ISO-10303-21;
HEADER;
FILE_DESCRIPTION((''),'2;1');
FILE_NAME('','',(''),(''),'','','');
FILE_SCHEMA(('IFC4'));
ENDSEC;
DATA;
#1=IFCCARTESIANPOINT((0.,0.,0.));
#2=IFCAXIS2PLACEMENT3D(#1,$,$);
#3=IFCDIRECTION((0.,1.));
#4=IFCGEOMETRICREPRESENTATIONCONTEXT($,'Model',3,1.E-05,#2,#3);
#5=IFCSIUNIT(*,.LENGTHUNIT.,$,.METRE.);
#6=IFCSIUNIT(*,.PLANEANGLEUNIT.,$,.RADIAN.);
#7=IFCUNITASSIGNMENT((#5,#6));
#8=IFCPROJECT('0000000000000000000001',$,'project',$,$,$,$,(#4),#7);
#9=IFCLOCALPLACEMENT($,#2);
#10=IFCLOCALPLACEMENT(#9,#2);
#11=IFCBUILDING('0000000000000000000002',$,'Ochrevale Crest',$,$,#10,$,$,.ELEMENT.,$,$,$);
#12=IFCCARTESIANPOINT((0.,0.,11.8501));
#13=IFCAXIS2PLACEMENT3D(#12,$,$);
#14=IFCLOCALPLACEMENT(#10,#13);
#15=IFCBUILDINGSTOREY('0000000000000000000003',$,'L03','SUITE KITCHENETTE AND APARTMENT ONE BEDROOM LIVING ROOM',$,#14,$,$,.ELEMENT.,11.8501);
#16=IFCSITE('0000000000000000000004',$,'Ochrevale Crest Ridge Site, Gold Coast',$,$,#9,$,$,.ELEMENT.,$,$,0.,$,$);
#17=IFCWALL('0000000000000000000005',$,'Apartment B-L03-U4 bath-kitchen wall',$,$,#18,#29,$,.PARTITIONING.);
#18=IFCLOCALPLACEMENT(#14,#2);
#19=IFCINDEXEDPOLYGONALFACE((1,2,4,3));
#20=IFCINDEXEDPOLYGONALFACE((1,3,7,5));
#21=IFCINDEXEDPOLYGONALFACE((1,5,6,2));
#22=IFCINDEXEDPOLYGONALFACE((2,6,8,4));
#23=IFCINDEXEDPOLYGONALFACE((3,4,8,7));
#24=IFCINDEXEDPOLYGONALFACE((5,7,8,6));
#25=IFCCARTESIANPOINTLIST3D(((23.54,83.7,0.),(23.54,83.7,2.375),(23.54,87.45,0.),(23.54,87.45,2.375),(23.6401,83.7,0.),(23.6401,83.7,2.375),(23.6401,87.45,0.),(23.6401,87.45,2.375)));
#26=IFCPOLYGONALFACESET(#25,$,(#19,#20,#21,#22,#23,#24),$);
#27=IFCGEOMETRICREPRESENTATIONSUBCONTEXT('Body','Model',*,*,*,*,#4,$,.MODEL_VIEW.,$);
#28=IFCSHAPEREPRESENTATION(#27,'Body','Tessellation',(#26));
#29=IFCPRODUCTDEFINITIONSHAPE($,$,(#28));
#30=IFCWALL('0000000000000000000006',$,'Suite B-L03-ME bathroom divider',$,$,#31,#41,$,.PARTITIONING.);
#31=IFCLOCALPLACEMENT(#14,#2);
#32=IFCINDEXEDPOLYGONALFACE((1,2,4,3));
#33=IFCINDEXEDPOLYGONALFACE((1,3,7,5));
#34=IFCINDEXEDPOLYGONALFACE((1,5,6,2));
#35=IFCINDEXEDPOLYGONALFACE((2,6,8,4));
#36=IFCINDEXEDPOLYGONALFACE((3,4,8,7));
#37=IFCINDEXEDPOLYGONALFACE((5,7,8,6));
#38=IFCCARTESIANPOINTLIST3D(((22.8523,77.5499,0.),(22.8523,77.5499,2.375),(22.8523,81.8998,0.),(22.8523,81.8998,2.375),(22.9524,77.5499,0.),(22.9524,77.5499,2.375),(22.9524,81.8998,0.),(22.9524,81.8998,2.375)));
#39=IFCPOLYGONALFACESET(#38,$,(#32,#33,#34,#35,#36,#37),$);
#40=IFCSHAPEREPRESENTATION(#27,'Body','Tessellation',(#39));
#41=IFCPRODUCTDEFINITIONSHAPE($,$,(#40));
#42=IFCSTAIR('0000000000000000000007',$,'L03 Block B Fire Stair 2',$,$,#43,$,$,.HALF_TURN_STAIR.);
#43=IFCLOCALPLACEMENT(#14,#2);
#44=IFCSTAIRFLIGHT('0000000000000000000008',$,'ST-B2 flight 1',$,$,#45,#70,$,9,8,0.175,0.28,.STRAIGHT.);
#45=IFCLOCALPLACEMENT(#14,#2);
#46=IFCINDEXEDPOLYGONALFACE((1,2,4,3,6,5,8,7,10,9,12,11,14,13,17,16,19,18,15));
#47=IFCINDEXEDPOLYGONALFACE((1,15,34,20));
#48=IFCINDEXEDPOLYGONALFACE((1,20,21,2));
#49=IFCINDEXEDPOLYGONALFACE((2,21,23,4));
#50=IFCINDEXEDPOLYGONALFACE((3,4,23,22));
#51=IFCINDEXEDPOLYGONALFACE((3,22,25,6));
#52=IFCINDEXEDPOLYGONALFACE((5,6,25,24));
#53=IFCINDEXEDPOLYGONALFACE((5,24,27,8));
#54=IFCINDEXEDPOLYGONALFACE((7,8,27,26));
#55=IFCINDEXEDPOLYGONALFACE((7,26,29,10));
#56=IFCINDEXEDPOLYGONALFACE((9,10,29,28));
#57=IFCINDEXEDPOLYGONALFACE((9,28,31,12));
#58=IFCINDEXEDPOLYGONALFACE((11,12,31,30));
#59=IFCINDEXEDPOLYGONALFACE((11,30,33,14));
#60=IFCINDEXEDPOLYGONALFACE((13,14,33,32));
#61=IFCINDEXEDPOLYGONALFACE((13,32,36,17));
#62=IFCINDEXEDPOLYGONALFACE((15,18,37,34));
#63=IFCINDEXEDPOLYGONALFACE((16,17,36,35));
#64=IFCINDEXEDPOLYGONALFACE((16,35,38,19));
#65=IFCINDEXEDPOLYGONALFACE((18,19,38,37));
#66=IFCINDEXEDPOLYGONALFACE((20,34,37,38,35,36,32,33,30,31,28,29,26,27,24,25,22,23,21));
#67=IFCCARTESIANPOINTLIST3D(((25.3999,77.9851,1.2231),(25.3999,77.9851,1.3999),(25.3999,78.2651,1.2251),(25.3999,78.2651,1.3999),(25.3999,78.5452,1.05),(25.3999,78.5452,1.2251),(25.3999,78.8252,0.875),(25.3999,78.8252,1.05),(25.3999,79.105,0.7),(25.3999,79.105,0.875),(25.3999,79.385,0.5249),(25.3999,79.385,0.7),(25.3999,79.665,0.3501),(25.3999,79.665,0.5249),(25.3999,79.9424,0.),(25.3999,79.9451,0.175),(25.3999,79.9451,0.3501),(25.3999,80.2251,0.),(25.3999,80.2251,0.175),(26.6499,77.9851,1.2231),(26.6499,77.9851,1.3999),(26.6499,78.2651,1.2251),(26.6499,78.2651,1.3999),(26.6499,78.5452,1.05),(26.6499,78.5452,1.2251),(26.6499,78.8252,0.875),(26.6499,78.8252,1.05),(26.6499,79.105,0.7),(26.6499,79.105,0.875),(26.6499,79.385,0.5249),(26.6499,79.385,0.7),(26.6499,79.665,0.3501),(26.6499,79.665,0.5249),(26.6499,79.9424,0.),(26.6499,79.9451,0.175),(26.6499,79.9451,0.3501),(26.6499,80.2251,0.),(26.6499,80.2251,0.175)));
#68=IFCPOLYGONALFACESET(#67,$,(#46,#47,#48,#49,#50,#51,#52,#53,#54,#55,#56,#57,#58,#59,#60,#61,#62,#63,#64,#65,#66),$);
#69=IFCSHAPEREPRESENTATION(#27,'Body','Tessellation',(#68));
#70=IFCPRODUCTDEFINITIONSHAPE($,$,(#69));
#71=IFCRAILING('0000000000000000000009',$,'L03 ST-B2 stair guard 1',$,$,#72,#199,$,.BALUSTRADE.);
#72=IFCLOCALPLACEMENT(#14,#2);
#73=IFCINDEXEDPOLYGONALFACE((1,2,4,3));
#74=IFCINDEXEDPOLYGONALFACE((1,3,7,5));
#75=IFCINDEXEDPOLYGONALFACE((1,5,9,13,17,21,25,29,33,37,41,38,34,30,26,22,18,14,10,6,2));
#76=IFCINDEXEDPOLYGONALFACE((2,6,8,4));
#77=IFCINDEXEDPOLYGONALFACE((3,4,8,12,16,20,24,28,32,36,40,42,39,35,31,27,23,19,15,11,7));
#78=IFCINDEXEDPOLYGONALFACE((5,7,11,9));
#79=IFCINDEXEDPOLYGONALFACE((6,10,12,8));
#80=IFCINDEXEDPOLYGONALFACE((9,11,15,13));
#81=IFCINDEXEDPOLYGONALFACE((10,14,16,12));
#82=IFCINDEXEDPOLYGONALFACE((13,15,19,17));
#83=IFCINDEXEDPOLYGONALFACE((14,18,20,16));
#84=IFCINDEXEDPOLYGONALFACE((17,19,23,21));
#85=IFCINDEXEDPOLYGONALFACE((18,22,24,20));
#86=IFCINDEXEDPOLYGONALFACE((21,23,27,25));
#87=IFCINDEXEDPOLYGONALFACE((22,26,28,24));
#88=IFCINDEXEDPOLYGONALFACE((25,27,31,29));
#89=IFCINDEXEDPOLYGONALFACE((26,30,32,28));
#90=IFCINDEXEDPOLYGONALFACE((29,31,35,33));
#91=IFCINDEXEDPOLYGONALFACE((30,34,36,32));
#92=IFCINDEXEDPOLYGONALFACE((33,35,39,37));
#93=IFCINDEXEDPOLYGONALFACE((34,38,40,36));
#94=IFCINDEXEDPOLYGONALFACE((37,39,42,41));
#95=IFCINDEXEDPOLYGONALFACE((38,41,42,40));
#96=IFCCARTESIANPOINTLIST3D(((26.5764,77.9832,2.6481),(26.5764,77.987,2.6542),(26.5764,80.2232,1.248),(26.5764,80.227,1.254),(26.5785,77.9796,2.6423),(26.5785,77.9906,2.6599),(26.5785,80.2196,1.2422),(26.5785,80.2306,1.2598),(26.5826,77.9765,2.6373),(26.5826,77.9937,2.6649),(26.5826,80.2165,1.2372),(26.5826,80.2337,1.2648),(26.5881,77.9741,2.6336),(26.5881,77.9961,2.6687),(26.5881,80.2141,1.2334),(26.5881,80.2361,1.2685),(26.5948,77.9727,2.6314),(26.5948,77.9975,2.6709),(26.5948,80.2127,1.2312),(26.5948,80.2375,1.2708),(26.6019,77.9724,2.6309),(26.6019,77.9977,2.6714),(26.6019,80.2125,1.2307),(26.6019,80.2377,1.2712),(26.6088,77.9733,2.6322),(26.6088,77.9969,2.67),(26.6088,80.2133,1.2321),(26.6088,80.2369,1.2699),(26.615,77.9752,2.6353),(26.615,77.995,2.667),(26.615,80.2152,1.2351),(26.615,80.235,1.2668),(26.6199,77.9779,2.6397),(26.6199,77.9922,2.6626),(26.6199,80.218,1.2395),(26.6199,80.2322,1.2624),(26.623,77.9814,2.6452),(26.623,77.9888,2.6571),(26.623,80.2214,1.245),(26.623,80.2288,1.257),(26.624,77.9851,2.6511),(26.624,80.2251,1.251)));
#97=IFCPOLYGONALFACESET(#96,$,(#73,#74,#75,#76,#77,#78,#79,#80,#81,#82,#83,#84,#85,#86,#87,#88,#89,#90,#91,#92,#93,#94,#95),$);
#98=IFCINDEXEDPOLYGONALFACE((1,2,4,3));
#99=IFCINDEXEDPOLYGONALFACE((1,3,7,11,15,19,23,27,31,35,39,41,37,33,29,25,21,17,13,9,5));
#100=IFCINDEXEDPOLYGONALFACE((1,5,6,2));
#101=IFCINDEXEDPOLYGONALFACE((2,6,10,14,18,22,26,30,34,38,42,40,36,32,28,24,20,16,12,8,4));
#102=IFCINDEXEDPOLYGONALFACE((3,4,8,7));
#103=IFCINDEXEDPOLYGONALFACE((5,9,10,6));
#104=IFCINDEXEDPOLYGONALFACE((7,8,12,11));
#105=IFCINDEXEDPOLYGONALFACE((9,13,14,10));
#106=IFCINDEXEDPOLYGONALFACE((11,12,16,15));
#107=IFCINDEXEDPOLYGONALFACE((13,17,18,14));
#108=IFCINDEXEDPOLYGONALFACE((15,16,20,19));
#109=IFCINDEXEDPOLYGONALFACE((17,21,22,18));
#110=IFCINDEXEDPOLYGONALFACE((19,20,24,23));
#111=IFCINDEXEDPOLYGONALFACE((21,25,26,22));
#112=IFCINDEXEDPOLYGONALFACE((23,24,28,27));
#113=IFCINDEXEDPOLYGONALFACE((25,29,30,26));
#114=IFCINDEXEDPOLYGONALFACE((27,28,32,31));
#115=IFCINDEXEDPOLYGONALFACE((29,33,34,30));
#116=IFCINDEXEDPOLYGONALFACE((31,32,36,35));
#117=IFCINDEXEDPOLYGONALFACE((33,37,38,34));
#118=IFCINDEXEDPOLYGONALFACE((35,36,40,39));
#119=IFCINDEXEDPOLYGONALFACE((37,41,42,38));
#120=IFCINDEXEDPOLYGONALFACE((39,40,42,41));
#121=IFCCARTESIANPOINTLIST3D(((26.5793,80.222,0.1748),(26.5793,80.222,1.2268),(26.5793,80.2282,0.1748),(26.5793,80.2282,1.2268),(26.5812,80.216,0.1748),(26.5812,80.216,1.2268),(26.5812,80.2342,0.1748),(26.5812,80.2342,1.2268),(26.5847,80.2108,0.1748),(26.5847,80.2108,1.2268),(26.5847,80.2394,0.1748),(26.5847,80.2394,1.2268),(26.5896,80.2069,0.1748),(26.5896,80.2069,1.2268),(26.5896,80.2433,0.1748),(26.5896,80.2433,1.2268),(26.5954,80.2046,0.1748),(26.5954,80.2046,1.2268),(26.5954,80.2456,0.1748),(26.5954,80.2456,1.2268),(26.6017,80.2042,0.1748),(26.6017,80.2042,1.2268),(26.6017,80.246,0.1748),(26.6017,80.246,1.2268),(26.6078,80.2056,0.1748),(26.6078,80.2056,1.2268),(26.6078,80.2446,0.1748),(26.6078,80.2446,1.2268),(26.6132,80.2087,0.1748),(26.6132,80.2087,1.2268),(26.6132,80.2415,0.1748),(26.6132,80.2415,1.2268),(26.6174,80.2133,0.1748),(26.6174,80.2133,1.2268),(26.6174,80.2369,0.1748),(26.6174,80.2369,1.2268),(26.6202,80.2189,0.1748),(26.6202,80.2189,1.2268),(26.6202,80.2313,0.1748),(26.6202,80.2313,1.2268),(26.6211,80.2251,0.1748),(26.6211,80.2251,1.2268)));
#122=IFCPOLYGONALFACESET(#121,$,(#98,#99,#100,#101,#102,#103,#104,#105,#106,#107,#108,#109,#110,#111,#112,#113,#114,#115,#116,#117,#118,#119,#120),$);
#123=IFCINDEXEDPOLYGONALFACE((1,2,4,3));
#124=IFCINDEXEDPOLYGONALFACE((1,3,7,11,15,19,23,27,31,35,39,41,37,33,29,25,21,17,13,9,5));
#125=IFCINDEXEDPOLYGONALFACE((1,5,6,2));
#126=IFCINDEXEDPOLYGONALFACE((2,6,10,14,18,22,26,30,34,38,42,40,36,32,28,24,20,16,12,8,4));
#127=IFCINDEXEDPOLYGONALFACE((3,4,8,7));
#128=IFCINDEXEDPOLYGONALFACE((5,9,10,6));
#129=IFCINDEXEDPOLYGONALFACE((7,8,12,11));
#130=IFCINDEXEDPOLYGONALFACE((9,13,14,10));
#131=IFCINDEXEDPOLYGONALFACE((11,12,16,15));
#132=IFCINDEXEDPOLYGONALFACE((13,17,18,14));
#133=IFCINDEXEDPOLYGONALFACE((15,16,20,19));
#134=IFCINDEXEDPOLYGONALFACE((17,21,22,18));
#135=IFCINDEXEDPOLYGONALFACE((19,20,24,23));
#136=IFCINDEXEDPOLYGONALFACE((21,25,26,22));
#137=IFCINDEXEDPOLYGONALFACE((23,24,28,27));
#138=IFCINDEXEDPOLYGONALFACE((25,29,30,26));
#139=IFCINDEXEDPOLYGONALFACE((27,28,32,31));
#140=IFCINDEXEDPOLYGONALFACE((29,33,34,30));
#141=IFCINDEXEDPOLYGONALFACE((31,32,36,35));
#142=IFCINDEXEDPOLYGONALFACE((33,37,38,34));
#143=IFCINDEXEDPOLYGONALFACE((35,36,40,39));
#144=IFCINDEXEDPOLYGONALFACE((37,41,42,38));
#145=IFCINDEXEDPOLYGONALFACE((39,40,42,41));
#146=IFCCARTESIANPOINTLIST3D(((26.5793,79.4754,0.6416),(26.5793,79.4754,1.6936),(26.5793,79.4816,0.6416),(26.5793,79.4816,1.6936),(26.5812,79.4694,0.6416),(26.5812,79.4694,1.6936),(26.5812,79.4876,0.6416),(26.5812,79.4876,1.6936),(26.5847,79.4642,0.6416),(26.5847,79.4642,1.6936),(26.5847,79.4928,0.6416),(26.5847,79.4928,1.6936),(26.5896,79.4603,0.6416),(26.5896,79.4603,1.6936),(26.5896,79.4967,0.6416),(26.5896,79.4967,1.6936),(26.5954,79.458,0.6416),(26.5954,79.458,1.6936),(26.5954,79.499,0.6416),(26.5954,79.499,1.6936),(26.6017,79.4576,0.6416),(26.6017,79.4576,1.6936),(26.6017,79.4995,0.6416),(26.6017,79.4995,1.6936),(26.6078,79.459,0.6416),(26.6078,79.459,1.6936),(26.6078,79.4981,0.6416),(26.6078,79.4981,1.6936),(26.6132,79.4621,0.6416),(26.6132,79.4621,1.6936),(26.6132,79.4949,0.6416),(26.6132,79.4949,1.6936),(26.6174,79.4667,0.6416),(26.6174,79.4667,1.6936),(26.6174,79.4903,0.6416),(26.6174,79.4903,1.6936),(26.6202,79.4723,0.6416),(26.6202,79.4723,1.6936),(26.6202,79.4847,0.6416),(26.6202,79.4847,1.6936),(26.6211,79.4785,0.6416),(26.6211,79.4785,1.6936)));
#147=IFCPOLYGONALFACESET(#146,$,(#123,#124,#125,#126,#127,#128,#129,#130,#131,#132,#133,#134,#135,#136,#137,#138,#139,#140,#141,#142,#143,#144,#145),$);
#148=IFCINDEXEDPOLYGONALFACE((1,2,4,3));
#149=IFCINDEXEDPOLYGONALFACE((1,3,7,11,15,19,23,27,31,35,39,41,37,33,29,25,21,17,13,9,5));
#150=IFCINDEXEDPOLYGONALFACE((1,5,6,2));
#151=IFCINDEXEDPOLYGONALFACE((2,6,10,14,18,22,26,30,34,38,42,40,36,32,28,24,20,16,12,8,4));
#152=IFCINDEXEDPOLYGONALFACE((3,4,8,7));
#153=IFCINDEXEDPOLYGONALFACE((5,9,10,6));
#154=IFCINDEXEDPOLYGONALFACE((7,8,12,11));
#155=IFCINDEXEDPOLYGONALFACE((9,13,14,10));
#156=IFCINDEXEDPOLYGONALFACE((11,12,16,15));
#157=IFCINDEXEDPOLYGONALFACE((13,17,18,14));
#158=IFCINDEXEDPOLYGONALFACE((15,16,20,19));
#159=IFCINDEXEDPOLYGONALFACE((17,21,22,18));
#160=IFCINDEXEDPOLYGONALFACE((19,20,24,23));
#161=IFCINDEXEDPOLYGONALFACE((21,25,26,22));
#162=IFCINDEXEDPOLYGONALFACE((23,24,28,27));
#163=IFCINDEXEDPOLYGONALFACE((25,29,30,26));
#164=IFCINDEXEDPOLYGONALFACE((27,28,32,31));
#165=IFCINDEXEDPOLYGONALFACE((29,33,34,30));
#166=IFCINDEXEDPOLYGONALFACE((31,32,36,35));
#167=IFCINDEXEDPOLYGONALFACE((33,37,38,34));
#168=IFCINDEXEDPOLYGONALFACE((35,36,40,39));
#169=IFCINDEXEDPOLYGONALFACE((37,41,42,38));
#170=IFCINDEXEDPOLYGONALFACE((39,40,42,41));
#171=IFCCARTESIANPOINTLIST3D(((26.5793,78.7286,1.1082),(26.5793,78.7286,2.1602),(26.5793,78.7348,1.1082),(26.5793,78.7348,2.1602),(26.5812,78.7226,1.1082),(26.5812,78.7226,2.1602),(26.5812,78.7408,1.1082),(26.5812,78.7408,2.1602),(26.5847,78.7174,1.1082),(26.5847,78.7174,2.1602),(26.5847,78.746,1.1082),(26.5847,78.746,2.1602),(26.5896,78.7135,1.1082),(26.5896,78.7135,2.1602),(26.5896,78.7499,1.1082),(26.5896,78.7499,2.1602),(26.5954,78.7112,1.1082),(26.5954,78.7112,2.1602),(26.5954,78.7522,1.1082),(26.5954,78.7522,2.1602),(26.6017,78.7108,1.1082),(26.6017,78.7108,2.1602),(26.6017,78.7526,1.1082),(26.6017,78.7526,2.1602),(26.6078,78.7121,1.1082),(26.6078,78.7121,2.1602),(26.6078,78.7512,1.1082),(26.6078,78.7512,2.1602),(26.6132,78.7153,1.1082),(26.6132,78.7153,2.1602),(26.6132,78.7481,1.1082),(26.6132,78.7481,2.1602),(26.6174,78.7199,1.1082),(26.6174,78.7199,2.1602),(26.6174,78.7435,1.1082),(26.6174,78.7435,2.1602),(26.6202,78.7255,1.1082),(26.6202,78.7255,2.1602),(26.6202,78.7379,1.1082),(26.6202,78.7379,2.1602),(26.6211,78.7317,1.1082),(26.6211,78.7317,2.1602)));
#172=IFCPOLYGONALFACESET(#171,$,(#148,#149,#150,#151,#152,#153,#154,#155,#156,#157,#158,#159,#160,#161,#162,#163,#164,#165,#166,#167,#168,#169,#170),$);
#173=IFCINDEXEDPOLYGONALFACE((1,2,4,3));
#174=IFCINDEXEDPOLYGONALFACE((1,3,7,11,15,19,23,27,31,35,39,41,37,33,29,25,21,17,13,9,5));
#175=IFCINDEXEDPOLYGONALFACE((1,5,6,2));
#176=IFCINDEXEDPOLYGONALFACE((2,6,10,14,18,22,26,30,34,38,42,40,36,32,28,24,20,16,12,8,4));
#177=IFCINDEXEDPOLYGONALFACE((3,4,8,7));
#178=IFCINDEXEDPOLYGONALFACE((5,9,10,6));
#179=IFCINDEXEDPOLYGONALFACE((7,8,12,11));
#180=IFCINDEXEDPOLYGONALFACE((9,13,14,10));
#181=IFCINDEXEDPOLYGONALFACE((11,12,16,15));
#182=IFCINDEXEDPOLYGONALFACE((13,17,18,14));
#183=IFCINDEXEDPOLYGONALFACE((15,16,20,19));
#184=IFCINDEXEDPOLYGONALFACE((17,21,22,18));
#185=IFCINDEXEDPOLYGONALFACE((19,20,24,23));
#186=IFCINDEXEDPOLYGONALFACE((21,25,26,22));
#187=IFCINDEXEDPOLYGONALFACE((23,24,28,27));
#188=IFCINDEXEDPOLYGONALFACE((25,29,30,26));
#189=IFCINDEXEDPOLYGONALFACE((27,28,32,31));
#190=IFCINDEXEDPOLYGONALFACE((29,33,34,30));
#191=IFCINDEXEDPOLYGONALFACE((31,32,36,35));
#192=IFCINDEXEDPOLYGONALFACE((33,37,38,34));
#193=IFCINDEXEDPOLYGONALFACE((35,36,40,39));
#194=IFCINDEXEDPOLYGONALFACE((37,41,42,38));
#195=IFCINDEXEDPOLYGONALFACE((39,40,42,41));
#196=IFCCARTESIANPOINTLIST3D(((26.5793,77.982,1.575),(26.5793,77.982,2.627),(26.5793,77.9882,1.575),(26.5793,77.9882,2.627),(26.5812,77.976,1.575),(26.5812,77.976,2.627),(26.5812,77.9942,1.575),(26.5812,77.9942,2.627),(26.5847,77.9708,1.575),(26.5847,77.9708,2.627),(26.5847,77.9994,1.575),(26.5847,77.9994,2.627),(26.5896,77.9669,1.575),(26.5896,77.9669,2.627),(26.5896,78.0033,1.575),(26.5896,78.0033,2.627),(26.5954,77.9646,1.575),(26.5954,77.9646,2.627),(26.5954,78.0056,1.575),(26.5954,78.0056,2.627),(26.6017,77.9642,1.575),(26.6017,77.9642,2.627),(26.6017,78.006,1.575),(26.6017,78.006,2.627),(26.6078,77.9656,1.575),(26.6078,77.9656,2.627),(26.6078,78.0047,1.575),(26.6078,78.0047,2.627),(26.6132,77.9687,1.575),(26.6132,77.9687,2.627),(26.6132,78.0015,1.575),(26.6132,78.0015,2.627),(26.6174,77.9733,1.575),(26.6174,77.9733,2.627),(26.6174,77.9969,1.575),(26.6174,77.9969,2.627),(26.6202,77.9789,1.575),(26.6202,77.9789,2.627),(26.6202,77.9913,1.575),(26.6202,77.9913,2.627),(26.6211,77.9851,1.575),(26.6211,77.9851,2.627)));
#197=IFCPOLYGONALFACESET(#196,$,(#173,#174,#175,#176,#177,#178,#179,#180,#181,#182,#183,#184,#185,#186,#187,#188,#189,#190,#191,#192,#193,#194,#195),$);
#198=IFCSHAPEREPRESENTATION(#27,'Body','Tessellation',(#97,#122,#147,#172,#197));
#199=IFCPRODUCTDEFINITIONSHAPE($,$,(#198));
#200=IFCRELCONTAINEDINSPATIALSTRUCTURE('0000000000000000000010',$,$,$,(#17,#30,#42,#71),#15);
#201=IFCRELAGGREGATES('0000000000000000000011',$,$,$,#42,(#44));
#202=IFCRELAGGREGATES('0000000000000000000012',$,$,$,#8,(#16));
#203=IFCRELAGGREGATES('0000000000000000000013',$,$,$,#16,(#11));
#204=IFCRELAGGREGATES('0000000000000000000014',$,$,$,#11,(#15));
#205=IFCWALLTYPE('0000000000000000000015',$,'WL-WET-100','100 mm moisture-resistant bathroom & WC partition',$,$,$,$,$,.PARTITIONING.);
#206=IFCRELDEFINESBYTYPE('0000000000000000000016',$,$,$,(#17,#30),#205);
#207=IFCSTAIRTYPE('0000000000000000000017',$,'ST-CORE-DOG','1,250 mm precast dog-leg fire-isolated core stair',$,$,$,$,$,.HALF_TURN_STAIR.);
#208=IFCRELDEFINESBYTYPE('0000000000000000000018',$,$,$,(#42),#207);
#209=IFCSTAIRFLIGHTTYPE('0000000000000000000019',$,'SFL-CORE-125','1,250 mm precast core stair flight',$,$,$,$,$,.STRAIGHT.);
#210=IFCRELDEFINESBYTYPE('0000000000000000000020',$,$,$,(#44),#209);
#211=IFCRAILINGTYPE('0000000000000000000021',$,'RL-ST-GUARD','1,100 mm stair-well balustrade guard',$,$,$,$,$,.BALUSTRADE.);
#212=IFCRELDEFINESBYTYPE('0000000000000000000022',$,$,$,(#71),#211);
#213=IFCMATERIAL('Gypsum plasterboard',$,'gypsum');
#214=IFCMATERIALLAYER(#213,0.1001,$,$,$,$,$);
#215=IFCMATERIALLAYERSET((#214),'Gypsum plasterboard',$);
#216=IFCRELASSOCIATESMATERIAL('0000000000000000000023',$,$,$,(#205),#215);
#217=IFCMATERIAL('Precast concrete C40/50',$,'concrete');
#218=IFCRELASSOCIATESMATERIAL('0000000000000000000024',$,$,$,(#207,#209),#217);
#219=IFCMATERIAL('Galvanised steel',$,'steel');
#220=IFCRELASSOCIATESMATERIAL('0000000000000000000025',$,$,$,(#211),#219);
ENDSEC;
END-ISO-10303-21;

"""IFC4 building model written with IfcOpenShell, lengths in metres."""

from ifc_helpers import new_model, si_unit, direction, frame, frame_2d, origin, origin_2d, place, context, subcontext, project, spatial, polyline, rectangle, circle, outline, extrude, material, layer, layer_set, type_object, element, aggregate, save


model = new_model("IFC4")

# Units and contexts
model_context = context("Model", 3, precision=1e-05, world=origin(), true_north=direction((0.0, 1.0)))
body_context = subcontext(model_context, "Body", "Model", "MODEL_VIEW")
ifc_project = project(units=[si_unit("LENGTHUNIT", "METRE"), si_unit("PLANEANGLEUNIT", "RADIAN")], contexts=[model_context])

# Site, building, storey
site_placement = place(None, origin())
site = spatial("IfcSite", under=ifc_project, at=site_placement, Name="Ochrevale Crest Ridge Site, Gold Coast", CompositionType="ELEMENT", RefElevation=0.0)
building_placement = place(site_placement, origin())
building = spatial("IfcBuilding", under=site, at=building_placement, Name="Ochrevale Crest", CompositionType="ELEMENT")
storey_placement = place(building_placement, frame((0.0, 0.0, 11.8501)))
storey = spatial("IfcBuildingStorey", under=building, at=storey_placement, Name="L03", Description="SUITE KITCHENETTE AND APARTMENT ONE BEDROOM LIVING ROOM", CompositionType="ELEMENT", Elevation=11.8501)

# Shared definitions
ifc_material_1 = material(Name="Gypsum plasterboard", Category="gypsum")

# Walls
ifc_layer_1 = layer(ifc_material_1, 0.1001)
ifc_layer_set_1 = layer_set([ifc_layer_1], Name="Gypsum plasterboard")
wall_type_1 = type_object("IfcWallType", Name="WL-WET-100", Description="100 mm moisture-resistant bathroom & WC partition", PredefinedType="PARTITIONING", material=ifc_layer_set_1)
wall_1_placement = place(storey_placement, frame((23.5901, 83.7, 0.0), z_axis=(0.0, 0.0, 1.0), x_axis=(0.0, 1.0, 0.0)))
element("IfcWall", 1, at=wall_1_placement, inside=storey, type_object=wall_type_1, Name="Apartment B-L03-U4 bath-kitchen wall", PredefinedType="PARTITIONING", context=body_context, shape_type="SweptSolid", body=[
    extrude(rectangle(XDim=3.75, YDim=0.1001, at=frame_2d((1.875, 0.0))), origin(), (0.0, 0.0, 1.0), 2.375),
])
wall_2_placement = place(storey_placement, frame((22.9023, 77.55, 0.0), z_axis=(0.0, 0.0, 1.0), x_axis=(0.0, 1.0, 0.0)))
element("IfcWall", 2, at=wall_2_placement, inside=storey, type_object=wall_type_1, Name="Suite B-L03-ME bathroom divider", PredefinedType="PARTITIONING", context=body_context, shape_type="SweptSolid", body=[
    extrude(rectangle(XDim=4.3499, YDim=0.1001, at=frame_2d((2.1748, 0.0))), origin(), (0.0, 0.0, 1.0), 2.375),
])

# Stair, stair flight
ifc_material_2 = material(Name="Precast concrete C40/50", Category="concrete")
stair_type = type_object("IfcStairType", Name="ST-CORE-DOG", Description="1,250 mm precast dog-leg fire-isolated core stair", PredefinedType="HALF_TURN_STAIR", material=ifc_material_2)
stair_placement = place(storey_placement, origin())
stair = element("IfcStair", 3, at=stair_placement, inside=storey, type_object=stair_type, Name="L03 Block B Fire Stair 2", PredefinedType="HALF_TURN_STAIR")
stair_flight_type = type_object("IfcStairFlightType", Name="SFL-CORE-125", Description="1,250 mm precast core stair flight", PredefinedType="STRAIGHT", material=ifc_material_2)
stair_flight_placement = place(storey_placement, frame((26.0249, 80.2251, 0.0), z_axis=(0.0, 0.0, 1.0), x_axis=(0.0, -1.0, 0.0)))
stair_flight = element("IfcStairFlight", 4, at=stair_flight_placement, type_object=stair_flight_type, Name="ST-B2 flight 1", NumberOfRisers=9, NumberOfTreads=8, PredefinedType="STRAIGHT", RiserHeight=0.175, TreadLength=0.28, context=body_context, shape_type="SweptSolid", body=[
    extrude(outline(polyline([(0.0, 0.0), (0.0, 0.175), (0.28, 0.175), (0.28, 0.3501), (0.5601, 0.3501), (0.5601, 0.5249), (0.8401, 0.5249), (0.8401, 0.7), (1.1201, 0.7), (1.1201, 0.875), (1.3999, 0.875), (1.3999, 1.05), (1.6799, 1.05), (1.6799, 1.2251), (1.96, 1.2251), (1.96, 1.3999), (2.24, 1.3999), (2.24, 1.575), (2.24, 1.2231), (0.2827, 0.0), (0.0, 0.0)])), frame((0.0, 0.625, 0.0), z_axis=(0.0, -1.0, 0.0), x_axis=(1.0, 0.0, 0.0)), (0.0, 0.0, 1.0), 1.25),
])
aggregate(stair, [stair_flight])

# Railing
ifc_material_3 = material(Name="Galvanised steel", Category="steel")
railing_type_1 = type_object("IfcRailingType", Name="RL-ST-GUARD", Description="1,100 mm stair-well balustrade guard", PredefinedType="BALUSTRADE", material=ifc_material_3)
railing_1_placement = place(storey_placement, frame((26.6001, 80.2251, 0.1748)))
element("IfcRailing", 5, at=railing_1_placement, inside=storey, type_object=railing_type_1, Name="L03 ST-B2 stair guard 1", PredefinedType="BALUSTRADE", context=body_context, shape_type="SweptSolid", body=[
    extrude(circle(Radius=0.0239, at=origin_2d()), frame((0.0, 0.0, 1.0762), z_axis=(0.0, -0.847972, 0.53004), x_axis=(1.0, 0.0, 0.0)), (0.0, 0.0, 1.0), 2.6416),
    extrude(circle(Radius=0.021, at=origin_2d()), origin(), (0.0, 0.0, 1.0), 1.052),
    extrude(circle(Radius=0.021, at=origin_2d()), frame((0.0, -0.7466, 0.4668)), (0.0, 0.0, 1.0), 1.052),
    extrude(circle(Radius=0.021, at=origin_2d()), frame((0.0, -1.4934, 0.9333)), (0.0, 0.0, 1.0), 1.052),
    extrude(circle(Radius=0.021, at=origin_2d()), frame((0.0, -2.24, 1.4001)), (0.0, 0.0, 1.0), 1.052),
])

save(model, "model.ifc")
